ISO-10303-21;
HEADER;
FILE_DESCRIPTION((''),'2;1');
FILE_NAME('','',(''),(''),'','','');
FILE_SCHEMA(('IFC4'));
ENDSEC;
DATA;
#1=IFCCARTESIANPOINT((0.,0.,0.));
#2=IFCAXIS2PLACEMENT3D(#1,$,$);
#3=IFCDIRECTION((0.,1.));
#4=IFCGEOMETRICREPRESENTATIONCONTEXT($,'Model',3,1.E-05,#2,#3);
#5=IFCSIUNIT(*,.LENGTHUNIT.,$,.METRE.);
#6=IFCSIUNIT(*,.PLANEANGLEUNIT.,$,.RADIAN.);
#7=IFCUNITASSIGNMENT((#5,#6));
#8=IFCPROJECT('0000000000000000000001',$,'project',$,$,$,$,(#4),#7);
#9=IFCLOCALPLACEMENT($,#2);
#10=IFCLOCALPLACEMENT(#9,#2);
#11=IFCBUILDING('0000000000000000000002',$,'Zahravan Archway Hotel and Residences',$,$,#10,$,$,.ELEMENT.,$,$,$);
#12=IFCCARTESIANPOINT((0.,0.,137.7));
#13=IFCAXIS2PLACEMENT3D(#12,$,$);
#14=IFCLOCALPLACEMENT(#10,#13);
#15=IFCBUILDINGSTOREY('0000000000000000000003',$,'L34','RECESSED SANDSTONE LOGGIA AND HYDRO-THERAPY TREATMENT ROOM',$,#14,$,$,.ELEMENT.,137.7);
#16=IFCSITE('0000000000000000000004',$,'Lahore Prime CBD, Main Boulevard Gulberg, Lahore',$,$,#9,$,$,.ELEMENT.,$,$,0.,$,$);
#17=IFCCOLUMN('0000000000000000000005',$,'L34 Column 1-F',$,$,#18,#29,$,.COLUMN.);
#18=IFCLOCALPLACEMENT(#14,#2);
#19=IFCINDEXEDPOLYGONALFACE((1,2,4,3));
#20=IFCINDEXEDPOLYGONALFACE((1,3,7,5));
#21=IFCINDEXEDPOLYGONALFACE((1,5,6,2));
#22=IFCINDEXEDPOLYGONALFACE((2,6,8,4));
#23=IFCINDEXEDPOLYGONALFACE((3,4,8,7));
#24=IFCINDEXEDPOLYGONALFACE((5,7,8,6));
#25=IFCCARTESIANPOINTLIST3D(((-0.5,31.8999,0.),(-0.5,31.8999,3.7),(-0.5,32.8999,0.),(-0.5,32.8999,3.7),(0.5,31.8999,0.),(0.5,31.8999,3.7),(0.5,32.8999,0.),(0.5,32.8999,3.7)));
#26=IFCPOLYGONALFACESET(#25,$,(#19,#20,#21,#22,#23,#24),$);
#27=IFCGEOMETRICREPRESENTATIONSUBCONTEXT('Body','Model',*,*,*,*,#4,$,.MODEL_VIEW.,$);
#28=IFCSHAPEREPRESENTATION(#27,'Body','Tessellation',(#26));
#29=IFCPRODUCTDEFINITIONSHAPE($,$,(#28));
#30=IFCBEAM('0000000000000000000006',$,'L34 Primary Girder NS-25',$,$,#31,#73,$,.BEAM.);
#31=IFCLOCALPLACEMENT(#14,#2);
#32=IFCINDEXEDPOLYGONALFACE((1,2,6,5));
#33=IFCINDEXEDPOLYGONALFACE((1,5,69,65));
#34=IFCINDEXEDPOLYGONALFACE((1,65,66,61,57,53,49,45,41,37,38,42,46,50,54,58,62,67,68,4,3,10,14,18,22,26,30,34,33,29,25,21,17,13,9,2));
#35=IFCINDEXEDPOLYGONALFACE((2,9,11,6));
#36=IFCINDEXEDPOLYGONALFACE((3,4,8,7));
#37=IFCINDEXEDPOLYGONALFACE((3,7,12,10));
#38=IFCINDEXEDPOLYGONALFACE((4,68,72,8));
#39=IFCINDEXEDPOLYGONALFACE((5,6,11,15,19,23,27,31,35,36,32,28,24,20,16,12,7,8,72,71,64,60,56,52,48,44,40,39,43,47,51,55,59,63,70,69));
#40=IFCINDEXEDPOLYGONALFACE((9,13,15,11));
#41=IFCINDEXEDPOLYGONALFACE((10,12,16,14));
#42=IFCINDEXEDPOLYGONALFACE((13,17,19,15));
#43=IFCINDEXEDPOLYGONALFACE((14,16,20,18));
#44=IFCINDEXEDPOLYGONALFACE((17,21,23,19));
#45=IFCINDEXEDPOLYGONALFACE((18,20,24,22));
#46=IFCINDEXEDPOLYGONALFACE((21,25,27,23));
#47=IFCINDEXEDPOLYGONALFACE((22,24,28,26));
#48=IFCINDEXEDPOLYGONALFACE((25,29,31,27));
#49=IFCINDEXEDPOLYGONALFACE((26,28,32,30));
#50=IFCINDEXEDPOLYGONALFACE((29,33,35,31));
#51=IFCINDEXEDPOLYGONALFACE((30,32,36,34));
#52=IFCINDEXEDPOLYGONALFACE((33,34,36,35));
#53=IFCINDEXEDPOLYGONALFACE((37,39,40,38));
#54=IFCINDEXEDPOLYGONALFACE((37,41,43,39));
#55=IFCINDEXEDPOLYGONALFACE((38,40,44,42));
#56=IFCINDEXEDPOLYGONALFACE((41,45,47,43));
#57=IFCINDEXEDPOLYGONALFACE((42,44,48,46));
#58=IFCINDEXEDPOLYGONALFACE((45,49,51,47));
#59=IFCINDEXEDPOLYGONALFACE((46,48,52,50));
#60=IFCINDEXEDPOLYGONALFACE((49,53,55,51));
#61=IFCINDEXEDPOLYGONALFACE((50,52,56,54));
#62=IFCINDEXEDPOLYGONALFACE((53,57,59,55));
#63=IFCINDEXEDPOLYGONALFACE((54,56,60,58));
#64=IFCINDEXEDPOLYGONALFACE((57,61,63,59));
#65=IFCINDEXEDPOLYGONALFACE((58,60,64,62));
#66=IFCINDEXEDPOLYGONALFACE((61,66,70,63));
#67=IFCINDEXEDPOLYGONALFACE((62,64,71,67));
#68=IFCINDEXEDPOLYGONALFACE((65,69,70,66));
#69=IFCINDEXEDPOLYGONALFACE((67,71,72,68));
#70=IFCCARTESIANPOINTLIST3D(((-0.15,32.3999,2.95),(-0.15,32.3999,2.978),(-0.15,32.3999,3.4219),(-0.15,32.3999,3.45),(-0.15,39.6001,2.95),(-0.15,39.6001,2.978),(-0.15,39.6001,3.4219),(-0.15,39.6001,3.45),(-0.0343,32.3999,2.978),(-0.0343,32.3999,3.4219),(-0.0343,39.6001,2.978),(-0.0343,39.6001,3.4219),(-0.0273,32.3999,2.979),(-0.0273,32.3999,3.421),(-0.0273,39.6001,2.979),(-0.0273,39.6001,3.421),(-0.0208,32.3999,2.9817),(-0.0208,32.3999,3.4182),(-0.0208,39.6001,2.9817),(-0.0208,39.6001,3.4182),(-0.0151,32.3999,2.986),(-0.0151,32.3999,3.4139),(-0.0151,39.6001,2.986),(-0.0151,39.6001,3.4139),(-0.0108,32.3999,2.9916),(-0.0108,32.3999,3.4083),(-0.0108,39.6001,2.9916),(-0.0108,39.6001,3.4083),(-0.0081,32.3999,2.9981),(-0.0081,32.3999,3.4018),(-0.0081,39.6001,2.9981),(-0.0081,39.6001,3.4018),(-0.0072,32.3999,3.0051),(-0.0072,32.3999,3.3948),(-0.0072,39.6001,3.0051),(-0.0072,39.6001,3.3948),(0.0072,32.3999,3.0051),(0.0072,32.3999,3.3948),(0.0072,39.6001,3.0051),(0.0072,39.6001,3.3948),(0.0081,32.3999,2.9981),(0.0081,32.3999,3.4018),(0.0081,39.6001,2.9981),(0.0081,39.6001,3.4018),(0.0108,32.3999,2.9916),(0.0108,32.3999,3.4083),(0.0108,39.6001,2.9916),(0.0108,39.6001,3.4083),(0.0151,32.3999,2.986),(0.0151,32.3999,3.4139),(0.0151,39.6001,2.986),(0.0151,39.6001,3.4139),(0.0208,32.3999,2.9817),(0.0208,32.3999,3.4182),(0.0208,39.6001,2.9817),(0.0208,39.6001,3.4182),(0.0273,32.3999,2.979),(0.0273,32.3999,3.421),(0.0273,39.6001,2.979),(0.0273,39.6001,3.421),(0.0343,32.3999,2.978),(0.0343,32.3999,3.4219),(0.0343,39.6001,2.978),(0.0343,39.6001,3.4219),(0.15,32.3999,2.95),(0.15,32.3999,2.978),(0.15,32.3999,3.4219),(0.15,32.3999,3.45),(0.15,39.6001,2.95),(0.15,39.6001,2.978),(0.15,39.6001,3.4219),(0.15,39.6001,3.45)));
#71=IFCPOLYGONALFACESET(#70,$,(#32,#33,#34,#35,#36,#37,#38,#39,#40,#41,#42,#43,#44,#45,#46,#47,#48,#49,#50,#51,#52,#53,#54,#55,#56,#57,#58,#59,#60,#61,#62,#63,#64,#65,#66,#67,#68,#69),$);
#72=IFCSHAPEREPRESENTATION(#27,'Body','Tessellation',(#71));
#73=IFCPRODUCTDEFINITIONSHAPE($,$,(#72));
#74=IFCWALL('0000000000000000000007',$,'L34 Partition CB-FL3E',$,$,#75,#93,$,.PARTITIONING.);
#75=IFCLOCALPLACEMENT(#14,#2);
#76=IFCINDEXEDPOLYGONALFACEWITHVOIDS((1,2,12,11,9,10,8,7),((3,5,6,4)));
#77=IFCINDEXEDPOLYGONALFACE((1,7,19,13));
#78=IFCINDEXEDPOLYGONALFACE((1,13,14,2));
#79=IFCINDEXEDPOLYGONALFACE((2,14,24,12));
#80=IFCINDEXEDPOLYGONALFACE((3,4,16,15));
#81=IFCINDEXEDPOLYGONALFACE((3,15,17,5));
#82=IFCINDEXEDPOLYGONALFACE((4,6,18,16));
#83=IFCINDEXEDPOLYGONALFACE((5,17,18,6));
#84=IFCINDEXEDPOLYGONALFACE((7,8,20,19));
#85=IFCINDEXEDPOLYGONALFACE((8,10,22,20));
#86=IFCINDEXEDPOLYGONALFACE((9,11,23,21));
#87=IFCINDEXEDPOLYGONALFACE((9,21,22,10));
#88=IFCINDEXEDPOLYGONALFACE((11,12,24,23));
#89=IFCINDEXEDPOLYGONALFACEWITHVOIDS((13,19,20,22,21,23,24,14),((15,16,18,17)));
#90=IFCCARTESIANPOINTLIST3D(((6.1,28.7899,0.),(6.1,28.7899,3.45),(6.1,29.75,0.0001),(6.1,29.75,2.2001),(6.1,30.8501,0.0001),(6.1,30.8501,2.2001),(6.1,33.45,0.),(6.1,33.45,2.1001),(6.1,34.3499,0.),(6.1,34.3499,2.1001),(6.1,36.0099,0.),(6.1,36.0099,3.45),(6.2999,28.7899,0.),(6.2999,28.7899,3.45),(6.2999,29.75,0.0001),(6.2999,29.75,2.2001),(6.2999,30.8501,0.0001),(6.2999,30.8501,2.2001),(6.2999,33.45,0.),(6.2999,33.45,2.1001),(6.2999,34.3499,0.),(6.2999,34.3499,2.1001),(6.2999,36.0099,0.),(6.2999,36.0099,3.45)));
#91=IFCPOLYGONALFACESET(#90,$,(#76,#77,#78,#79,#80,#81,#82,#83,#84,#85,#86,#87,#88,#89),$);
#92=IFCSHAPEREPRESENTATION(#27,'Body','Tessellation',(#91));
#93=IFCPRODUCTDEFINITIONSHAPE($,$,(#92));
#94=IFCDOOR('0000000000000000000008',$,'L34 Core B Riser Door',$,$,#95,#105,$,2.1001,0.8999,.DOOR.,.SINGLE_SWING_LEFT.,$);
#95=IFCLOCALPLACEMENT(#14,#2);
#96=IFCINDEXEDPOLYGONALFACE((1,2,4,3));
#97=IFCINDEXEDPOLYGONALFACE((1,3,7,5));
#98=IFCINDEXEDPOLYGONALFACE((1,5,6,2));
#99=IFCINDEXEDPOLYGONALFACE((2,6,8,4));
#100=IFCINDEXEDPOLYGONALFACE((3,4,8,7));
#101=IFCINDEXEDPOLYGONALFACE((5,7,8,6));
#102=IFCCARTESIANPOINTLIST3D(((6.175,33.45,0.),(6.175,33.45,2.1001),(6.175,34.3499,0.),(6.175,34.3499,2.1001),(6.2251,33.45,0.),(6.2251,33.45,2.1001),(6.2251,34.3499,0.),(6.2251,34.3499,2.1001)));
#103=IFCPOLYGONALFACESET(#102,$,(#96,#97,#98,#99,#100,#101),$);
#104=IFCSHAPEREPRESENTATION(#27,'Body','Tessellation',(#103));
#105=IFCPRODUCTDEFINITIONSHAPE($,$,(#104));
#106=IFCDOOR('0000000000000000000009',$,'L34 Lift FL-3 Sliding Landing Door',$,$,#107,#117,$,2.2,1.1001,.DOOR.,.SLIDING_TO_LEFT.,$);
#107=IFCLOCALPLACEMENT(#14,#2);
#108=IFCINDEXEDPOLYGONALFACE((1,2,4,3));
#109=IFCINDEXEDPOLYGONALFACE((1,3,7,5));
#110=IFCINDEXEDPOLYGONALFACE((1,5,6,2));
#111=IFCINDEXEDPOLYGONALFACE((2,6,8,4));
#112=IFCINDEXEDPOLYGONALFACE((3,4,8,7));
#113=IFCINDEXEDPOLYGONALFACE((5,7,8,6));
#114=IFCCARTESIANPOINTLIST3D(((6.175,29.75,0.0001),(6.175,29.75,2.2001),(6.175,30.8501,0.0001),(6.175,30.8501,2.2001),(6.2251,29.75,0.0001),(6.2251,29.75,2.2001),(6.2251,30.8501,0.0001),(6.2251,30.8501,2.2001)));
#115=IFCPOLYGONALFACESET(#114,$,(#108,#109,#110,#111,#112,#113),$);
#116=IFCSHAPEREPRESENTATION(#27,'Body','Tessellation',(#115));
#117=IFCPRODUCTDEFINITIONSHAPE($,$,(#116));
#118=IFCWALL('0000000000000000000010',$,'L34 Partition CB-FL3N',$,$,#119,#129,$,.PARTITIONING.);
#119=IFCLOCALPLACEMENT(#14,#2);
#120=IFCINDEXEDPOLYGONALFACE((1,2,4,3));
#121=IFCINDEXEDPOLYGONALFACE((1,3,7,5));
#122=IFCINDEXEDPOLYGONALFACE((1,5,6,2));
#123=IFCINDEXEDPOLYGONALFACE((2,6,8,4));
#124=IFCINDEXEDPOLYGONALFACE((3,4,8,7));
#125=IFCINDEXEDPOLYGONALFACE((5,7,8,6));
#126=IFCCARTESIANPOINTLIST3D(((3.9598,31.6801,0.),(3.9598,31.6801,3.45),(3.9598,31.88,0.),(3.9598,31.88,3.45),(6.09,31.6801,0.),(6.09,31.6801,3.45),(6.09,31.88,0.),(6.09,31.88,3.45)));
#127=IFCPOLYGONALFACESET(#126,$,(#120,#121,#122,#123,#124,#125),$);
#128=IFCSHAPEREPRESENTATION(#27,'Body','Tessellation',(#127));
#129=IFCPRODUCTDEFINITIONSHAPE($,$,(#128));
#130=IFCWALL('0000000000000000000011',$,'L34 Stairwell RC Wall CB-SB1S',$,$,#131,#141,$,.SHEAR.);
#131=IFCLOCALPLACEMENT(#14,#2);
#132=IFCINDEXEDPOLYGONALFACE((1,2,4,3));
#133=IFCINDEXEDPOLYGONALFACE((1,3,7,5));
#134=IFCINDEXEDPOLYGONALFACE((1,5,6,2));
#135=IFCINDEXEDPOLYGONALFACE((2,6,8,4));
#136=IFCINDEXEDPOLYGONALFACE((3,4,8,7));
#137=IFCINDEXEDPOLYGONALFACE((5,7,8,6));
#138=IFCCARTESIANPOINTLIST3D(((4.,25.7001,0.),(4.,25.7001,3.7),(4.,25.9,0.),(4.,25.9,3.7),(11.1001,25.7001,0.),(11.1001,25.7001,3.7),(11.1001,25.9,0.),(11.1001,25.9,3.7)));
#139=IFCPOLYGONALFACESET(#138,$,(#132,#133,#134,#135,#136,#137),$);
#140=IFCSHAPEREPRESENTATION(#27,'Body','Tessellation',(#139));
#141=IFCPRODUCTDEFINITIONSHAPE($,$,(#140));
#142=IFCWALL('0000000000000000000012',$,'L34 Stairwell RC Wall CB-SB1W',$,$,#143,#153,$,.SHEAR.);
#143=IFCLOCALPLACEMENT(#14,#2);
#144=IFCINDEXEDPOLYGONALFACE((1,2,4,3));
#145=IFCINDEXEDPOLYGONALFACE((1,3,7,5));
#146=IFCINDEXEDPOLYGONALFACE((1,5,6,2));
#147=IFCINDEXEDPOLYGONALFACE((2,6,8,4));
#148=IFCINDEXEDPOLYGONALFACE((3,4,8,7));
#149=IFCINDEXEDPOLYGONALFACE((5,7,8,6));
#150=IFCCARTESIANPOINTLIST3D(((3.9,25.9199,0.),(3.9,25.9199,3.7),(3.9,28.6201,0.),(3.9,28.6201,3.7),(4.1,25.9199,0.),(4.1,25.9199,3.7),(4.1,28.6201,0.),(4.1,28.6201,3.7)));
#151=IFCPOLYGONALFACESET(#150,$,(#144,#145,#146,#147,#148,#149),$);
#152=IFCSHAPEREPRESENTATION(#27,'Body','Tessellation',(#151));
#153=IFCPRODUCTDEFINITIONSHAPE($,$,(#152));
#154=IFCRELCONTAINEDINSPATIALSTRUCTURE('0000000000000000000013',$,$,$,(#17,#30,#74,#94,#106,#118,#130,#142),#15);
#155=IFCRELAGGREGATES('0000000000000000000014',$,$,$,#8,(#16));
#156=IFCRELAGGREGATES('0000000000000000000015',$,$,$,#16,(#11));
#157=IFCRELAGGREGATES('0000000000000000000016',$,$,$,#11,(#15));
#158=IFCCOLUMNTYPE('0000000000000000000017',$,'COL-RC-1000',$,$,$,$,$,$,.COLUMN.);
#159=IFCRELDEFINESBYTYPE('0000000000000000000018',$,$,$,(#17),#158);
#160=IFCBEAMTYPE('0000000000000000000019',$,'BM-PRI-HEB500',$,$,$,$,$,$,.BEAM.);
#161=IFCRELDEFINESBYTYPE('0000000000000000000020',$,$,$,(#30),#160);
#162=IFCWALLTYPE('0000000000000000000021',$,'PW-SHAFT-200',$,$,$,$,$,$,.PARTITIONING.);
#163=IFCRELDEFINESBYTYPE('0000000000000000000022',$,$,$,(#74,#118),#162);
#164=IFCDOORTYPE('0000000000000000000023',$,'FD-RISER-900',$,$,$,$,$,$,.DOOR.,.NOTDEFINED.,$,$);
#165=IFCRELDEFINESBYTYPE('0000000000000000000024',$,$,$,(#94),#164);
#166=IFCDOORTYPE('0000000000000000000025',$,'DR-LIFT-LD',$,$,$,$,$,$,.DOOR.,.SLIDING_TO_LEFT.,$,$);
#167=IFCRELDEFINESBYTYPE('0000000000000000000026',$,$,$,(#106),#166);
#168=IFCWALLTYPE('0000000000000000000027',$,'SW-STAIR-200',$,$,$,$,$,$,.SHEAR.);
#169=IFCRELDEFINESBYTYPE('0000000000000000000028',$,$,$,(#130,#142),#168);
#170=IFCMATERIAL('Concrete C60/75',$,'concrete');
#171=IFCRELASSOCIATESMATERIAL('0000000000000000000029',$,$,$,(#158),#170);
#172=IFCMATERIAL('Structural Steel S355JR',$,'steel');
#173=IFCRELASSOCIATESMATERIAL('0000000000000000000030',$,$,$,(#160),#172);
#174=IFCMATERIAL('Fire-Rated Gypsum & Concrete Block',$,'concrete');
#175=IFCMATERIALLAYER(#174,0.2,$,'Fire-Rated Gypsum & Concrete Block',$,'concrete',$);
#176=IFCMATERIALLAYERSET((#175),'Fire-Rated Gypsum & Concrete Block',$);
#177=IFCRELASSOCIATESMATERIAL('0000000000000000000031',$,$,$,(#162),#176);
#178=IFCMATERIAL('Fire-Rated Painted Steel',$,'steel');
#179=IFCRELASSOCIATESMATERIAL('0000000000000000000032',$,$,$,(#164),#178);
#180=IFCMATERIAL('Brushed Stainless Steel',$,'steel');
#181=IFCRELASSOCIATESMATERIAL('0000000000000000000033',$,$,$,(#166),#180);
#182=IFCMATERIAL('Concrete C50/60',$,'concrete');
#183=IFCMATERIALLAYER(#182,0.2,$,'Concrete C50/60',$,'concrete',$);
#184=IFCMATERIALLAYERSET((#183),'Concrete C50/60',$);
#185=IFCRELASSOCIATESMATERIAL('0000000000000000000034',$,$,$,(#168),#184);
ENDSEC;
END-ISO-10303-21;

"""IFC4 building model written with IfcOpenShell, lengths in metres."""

from ifc_helpers import new_model, si_unit, direction, frame, frame_2d, origin, origin_2d, place, context, subcontext, project, spatial, rectangle, i_section, extrude, source, transform, mapped, material, layer, layer_set, material_profile, profile_set, type_object, type_shapes, element, fill, save


model = new_model("IFC4")

# Units and contexts
model_context = context("Model", 3, precision=1e-05, world=origin(), true_north=direction((0.0, 1.0)))
body_context = subcontext(model_context, "Body", "Model", "MODEL_VIEW")
ifc_project = project(units=[si_unit("LENGTHUNIT", "METRE"), si_unit("PLANEANGLEUNIT", "RADIAN")], contexts=[model_context])

# Site, building, storey
site_placement = place(None, origin())
site = spatial("IfcSite", under=ifc_project, at=site_placement, Name="Lahore Prime CBD, Main Boulevard Gulberg, Lahore", CompositionType="ELEMENT", RefElevation=0.0)
building_placement = place(site_placement, origin())
building = spatial("IfcBuilding", under=site, at=building_placement, Name="Zahravan Archway Hotel and Residences", CompositionType="ELEMENT")
storey_placement = place(building_placement, frame((0.0, 0.0, 137.7)))
storey = spatial("IfcBuildingStorey", under=building, at=storey_placement, Name="L34", Description="RECESSED SANDSTONE LOGGIA AND HYDRO-THERAPY TREATMENT ROOM", CompositionType="ELEMENT", Elevation=137.7)

# Column
ifc_material_1 = material(Name="Concrete C60/75", Category="concrete")
ifc_material_profile_1 = material_profile(ifc_material_1, rectangle(XDim=1.0, YDim=1.0, at=origin_2d()), Name="RC-COL-1000x1000", Category="concrete")
ifc_profile_set_1 = profile_set([ifc_material_profile_1], Name="Concrete C60/75")
column_type = type_object("IfcColumnType", Name="COL-RC-1000", PredefinedType="COLUMN", material=ifc_profile_set_1)
shared_shape_1 = source(origin(), body_context, "Body", "SweptSolid", [
    extrude(rectangle(XDim=1.0, YDim=1.0, at=origin_2d()), origin(), (0.0, 0.0, 1.0), 3.7),
])
type_shapes(column_type, [shared_shape_1])
column_placement = place(storey_placement, frame((0.0, 32.3999, 0.0), z_axis=(0.0, 0.0, 1.0), x_axis=(1.0, 0.0, 0.0)))
element("IfcColumn", 1, at=column_placement, inside=storey, type_object=column_type, Name="L34 Column 1-F", PredefinedType="COLUMN", context=body_context, shape_type="MappedRepresentation", body=[
    mapped(shared_shape_1, transform((0.0, 0.0, 0.0), scale=1.0)),
])

# Beam
ifc_material_2 = material(Name="Structural Steel S355JR", Category="steel")
ifc_material_profile_2 = material_profile(ifc_material_2, i_section(OverallWidth=0.3, OverallDepth=0.5, WebThickness=0.0144, FlangeThickness=0.0281, FilletRadius=0.0271, at=origin_2d()), Name="HEB 500", Category="steel")
ifc_profile_set_2 = profile_set([ifc_material_profile_2], Name="Structural Steel S355JR")
beam_type = type_object("IfcBeamType", Name="BM-PRI-HEB500", PredefinedType="BEAM", material=ifc_profile_set_2)
shared_shape_2 = source(origin(), body_context, "Body", "SweptSolid", [
    extrude(i_section(OverallWidth=0.3, OverallDepth=0.5, WebThickness=0.0144, FlangeThickness=0.0281, FilletRadius=0.0271, at=origin_2d()), origin(), (0.0, 0.0, 1.0), 7.2002),
])
type_shapes(beam_type, [shared_shape_2])
beam_placement = place(storey_placement, frame((0.0, 32.3999, 3.2), z_axis=(0.0, 1.0, 0.0), x_axis=(-1.0, 0.0, 0.0)))
element("IfcBeam", 2, at=beam_placement, inside=storey, type_object=beam_type, Name="L34 Primary Girder NS-25", PredefinedType="BEAM", context=body_context, shape_type="MappedRepresentation", body=[
    mapped(shared_shape_2, transform((0.0, 0.0, 0.0), scale=1.0)),
])

# Wall, openings, doors
ifc_material_3 = material(Name="Fire-Rated Gypsum & Concrete Block", Category="concrete")
ifc_layer_1 = layer(ifc_material_3, 0.2, Name="Fire-Rated Gypsum & Concrete Block", Category="concrete")
ifc_layer_set_1 = layer_set([ifc_layer_1], Name="Fire-Rated Gypsum & Concrete Block")
wall_type_1 = type_object("IfcWallType", Name="PW-SHAFT-200", PredefinedType="PARTITIONING", material=ifc_layer_set_1)
wall_1_placement = place(storey_placement, frame((6.2, 28.79, 0.0), z_axis=(0.0, 0.0, 1.0), x_axis=(0.0, 1.0, 0.0)))
wall_1 = element("IfcWall", 3, at=wall_1_placement, inside=storey, type_object=wall_type_1, Name="L34 Partition CB-FL3E", PredefinedType="PARTITIONING", context=body_context, shape_type="SweptSolid", body=[
    extrude(rectangle(XDim=7.22, YDim=0.2, at=frame_2d((3.6099, 0.0))), origin(), (0.0, 0.0, 1.0), 3.45),
])
opening_1_placement = place(wall_1_placement, frame((4.6599, 0.0, 0.0)))
opening_1 = element("IfcOpeningElement", 4, at=opening_1_placement, cuts=wall_1, PredefinedType="OPENING", context=body_context, shape_type="SweptSolid", body=[
    extrude(rectangle(XDim=0.8999, YDim=2.1001, at=frame_2d((0.45, 1.05))), frame((0.0, 0.1099, 0.0), z_axis=(0.0, -1.0, 0.0), x_axis=(1.0, 0.0, 0.0)), (0.0, 0.0, 1.0), 0.22),
])
opening_2_placement = place(wall_1_placement, frame((0.96, 0.0, 0.0)))
opening_2 = element("IfcOpeningElement", 5, at=opening_2_placement, cuts=wall_1, PredefinedType="OPENING", context=body_context, shape_type="SweptSolid", body=[
    extrude(rectangle(XDim=1.1001, YDim=2.2, at=frame_2d((0.55, 1.1001))), frame((0.0, 0.1099, 0.0), z_axis=(0.0, -1.0, 0.0), x_axis=(1.0, 0.0, 0.0)), (0.0, 0.0, 1.0), 0.22),
])
ifc_material_4 = material(Name="Fire-Rated Painted Steel", Category="steel")
door_type_1 = type_object("IfcDoorType", Name="FD-RISER-900", OperationType="NOTDEFINED", PredefinedType="DOOR", material=ifc_material_4)
shared_shape_3 = source(origin(), body_context, "Body", "SweptSolid", [
    extrude(rectangle(XDim=0.8999, YDim=2.1001, at=frame_2d((0.45, 1.05))), frame((0.0, 0.0249, 0.0), z_axis=(0.0, -1.0, 0.0), x_axis=(1.0, 0.0, 0.0)), (0.0, 0.0, 1.0), 0.05),
])
type_shapes(door_type_1, [shared_shape_3])
door_1_placement = place(opening_1_placement, origin())
door_1 = element("IfcDoor", 6, at=door_1_placement, inside=storey, type_object=door_type_1, Name="L34 Core B Riser Door", OperationType="SINGLE_SWING_LEFT", OverallHeight=2.1001, OverallWidth=0.8999, PredefinedType="DOOR", context=body_context, shape_type="MappedRepresentation", body=[
    mapped(shared_shape_3, transform((0.0, 0.0, 0.0), scale=1.0)),
])
fill(opening_1, door_1)
ifc_material_5 = material(Name="Brushed Stainless Steel", Category="steel")
door_type_2 = type_object("IfcDoorType", Name="DR-LIFT-LD", OperationType="SLIDING_TO_LEFT", PredefinedType="DOOR", material=ifc_material_5)
shared_shape_4 = source(origin(), body_context, "Body", "SweptSolid", [
    extrude(rectangle(XDim=1.1001, YDim=2.2, at=frame_2d((0.55, 1.1001))), frame((0.0, 0.0249, 0.0), z_axis=(0.0, -1.0, 0.0), x_axis=(1.0, 0.0, 0.0)), (0.0, 0.0, 1.0), 0.05),
])
type_shapes(door_type_2, [shared_shape_4])
door_2_placement = place(opening_2_placement, origin())
door_2 = element("IfcDoor", 7, at=door_2_placement, inside=storey, type_object=door_type_2, Name="L34 Lift FL-3 Sliding Landing Door", OperationType="SLIDING_TO_LEFT", OverallHeight=2.2, OverallWidth=1.1001, PredefinedType="DOOR", context=body_context, shape_type="MappedRepresentation", body=[
    mapped(shared_shape_4, transform((0.0, 0.0, 0.0), scale=1.0)),
])
fill(opening_2, door_2)

# Walls
wall_2_placement = place(storey_placement, frame((3.96, 31.78, 0.0), z_axis=(0.0, 0.0, 1.0), x_axis=(1.0, 0.0, 0.0)))
element("IfcWall", 8, at=wall_2_placement, inside=storey, type_object=wall_type_1, Name="L34 Partition CB-FL3N", PredefinedType="PARTITIONING", context=body_context, shape_type="SweptSolid", body=[
    extrude(rectangle(XDim=2.1301, YDim=0.2, at=frame_2d((1.0649, 0.0))), origin(), (0.0, 0.0, 1.0), 3.45),
])
ifc_material_6 = material(Name="Concrete C50/60", Category="concrete")
ifc_layer_2 = layer(ifc_material_6, 0.2, Name="Concrete C50/60", Category="concrete")
ifc_layer_set_2 = layer_set([ifc_layer_2], Name="Concrete C50/60")
wall_type_2 = type_object("IfcWallType", Name="SW-STAIR-200", PredefinedType="SHEAR", material=ifc_layer_set_2)
wall_3_placement = place(storey_placement, frame((4.0, 25.8, 0.0), z_axis=(0.0, 0.0, 1.0), x_axis=(1.0, 0.0, 0.0)))
element("IfcWall", 9, at=wall_3_placement, inside=storey, type_object=wall_type_2, Name="L34 Stairwell RC Wall CB-SB1S", PredefinedType="SHEAR", context=body_context, shape_type="SweptSolid", body=[
    extrude(rectangle(XDim=7.1001, YDim=0.2, at=frame_2d((3.55, 0.0))), origin(), (0.0, 0.0, 1.0), 3.7),
])
wall_4_placement = place(storey_placement, frame((4.0, 25.9199, 0.0), z_axis=(0.0, 0.0, 1.0), x_axis=(0.0, 1.0, 0.0)))
element("IfcWall", 10, at=wall_4_placement, inside=storey, type_object=wall_type_2, Name="L34 Stairwell RC Wall CB-SB1W", PredefinedType="SHEAR", context=body_context, shape_type="SweptSolid", body=[
    extrude(rectangle(XDim=2.7002, YDim=0.2, at=frame_2d((1.3501, 0.0))), origin(), (0.0, 0.0, 1.0), 3.7),
])

save(model, "model.ifc")
